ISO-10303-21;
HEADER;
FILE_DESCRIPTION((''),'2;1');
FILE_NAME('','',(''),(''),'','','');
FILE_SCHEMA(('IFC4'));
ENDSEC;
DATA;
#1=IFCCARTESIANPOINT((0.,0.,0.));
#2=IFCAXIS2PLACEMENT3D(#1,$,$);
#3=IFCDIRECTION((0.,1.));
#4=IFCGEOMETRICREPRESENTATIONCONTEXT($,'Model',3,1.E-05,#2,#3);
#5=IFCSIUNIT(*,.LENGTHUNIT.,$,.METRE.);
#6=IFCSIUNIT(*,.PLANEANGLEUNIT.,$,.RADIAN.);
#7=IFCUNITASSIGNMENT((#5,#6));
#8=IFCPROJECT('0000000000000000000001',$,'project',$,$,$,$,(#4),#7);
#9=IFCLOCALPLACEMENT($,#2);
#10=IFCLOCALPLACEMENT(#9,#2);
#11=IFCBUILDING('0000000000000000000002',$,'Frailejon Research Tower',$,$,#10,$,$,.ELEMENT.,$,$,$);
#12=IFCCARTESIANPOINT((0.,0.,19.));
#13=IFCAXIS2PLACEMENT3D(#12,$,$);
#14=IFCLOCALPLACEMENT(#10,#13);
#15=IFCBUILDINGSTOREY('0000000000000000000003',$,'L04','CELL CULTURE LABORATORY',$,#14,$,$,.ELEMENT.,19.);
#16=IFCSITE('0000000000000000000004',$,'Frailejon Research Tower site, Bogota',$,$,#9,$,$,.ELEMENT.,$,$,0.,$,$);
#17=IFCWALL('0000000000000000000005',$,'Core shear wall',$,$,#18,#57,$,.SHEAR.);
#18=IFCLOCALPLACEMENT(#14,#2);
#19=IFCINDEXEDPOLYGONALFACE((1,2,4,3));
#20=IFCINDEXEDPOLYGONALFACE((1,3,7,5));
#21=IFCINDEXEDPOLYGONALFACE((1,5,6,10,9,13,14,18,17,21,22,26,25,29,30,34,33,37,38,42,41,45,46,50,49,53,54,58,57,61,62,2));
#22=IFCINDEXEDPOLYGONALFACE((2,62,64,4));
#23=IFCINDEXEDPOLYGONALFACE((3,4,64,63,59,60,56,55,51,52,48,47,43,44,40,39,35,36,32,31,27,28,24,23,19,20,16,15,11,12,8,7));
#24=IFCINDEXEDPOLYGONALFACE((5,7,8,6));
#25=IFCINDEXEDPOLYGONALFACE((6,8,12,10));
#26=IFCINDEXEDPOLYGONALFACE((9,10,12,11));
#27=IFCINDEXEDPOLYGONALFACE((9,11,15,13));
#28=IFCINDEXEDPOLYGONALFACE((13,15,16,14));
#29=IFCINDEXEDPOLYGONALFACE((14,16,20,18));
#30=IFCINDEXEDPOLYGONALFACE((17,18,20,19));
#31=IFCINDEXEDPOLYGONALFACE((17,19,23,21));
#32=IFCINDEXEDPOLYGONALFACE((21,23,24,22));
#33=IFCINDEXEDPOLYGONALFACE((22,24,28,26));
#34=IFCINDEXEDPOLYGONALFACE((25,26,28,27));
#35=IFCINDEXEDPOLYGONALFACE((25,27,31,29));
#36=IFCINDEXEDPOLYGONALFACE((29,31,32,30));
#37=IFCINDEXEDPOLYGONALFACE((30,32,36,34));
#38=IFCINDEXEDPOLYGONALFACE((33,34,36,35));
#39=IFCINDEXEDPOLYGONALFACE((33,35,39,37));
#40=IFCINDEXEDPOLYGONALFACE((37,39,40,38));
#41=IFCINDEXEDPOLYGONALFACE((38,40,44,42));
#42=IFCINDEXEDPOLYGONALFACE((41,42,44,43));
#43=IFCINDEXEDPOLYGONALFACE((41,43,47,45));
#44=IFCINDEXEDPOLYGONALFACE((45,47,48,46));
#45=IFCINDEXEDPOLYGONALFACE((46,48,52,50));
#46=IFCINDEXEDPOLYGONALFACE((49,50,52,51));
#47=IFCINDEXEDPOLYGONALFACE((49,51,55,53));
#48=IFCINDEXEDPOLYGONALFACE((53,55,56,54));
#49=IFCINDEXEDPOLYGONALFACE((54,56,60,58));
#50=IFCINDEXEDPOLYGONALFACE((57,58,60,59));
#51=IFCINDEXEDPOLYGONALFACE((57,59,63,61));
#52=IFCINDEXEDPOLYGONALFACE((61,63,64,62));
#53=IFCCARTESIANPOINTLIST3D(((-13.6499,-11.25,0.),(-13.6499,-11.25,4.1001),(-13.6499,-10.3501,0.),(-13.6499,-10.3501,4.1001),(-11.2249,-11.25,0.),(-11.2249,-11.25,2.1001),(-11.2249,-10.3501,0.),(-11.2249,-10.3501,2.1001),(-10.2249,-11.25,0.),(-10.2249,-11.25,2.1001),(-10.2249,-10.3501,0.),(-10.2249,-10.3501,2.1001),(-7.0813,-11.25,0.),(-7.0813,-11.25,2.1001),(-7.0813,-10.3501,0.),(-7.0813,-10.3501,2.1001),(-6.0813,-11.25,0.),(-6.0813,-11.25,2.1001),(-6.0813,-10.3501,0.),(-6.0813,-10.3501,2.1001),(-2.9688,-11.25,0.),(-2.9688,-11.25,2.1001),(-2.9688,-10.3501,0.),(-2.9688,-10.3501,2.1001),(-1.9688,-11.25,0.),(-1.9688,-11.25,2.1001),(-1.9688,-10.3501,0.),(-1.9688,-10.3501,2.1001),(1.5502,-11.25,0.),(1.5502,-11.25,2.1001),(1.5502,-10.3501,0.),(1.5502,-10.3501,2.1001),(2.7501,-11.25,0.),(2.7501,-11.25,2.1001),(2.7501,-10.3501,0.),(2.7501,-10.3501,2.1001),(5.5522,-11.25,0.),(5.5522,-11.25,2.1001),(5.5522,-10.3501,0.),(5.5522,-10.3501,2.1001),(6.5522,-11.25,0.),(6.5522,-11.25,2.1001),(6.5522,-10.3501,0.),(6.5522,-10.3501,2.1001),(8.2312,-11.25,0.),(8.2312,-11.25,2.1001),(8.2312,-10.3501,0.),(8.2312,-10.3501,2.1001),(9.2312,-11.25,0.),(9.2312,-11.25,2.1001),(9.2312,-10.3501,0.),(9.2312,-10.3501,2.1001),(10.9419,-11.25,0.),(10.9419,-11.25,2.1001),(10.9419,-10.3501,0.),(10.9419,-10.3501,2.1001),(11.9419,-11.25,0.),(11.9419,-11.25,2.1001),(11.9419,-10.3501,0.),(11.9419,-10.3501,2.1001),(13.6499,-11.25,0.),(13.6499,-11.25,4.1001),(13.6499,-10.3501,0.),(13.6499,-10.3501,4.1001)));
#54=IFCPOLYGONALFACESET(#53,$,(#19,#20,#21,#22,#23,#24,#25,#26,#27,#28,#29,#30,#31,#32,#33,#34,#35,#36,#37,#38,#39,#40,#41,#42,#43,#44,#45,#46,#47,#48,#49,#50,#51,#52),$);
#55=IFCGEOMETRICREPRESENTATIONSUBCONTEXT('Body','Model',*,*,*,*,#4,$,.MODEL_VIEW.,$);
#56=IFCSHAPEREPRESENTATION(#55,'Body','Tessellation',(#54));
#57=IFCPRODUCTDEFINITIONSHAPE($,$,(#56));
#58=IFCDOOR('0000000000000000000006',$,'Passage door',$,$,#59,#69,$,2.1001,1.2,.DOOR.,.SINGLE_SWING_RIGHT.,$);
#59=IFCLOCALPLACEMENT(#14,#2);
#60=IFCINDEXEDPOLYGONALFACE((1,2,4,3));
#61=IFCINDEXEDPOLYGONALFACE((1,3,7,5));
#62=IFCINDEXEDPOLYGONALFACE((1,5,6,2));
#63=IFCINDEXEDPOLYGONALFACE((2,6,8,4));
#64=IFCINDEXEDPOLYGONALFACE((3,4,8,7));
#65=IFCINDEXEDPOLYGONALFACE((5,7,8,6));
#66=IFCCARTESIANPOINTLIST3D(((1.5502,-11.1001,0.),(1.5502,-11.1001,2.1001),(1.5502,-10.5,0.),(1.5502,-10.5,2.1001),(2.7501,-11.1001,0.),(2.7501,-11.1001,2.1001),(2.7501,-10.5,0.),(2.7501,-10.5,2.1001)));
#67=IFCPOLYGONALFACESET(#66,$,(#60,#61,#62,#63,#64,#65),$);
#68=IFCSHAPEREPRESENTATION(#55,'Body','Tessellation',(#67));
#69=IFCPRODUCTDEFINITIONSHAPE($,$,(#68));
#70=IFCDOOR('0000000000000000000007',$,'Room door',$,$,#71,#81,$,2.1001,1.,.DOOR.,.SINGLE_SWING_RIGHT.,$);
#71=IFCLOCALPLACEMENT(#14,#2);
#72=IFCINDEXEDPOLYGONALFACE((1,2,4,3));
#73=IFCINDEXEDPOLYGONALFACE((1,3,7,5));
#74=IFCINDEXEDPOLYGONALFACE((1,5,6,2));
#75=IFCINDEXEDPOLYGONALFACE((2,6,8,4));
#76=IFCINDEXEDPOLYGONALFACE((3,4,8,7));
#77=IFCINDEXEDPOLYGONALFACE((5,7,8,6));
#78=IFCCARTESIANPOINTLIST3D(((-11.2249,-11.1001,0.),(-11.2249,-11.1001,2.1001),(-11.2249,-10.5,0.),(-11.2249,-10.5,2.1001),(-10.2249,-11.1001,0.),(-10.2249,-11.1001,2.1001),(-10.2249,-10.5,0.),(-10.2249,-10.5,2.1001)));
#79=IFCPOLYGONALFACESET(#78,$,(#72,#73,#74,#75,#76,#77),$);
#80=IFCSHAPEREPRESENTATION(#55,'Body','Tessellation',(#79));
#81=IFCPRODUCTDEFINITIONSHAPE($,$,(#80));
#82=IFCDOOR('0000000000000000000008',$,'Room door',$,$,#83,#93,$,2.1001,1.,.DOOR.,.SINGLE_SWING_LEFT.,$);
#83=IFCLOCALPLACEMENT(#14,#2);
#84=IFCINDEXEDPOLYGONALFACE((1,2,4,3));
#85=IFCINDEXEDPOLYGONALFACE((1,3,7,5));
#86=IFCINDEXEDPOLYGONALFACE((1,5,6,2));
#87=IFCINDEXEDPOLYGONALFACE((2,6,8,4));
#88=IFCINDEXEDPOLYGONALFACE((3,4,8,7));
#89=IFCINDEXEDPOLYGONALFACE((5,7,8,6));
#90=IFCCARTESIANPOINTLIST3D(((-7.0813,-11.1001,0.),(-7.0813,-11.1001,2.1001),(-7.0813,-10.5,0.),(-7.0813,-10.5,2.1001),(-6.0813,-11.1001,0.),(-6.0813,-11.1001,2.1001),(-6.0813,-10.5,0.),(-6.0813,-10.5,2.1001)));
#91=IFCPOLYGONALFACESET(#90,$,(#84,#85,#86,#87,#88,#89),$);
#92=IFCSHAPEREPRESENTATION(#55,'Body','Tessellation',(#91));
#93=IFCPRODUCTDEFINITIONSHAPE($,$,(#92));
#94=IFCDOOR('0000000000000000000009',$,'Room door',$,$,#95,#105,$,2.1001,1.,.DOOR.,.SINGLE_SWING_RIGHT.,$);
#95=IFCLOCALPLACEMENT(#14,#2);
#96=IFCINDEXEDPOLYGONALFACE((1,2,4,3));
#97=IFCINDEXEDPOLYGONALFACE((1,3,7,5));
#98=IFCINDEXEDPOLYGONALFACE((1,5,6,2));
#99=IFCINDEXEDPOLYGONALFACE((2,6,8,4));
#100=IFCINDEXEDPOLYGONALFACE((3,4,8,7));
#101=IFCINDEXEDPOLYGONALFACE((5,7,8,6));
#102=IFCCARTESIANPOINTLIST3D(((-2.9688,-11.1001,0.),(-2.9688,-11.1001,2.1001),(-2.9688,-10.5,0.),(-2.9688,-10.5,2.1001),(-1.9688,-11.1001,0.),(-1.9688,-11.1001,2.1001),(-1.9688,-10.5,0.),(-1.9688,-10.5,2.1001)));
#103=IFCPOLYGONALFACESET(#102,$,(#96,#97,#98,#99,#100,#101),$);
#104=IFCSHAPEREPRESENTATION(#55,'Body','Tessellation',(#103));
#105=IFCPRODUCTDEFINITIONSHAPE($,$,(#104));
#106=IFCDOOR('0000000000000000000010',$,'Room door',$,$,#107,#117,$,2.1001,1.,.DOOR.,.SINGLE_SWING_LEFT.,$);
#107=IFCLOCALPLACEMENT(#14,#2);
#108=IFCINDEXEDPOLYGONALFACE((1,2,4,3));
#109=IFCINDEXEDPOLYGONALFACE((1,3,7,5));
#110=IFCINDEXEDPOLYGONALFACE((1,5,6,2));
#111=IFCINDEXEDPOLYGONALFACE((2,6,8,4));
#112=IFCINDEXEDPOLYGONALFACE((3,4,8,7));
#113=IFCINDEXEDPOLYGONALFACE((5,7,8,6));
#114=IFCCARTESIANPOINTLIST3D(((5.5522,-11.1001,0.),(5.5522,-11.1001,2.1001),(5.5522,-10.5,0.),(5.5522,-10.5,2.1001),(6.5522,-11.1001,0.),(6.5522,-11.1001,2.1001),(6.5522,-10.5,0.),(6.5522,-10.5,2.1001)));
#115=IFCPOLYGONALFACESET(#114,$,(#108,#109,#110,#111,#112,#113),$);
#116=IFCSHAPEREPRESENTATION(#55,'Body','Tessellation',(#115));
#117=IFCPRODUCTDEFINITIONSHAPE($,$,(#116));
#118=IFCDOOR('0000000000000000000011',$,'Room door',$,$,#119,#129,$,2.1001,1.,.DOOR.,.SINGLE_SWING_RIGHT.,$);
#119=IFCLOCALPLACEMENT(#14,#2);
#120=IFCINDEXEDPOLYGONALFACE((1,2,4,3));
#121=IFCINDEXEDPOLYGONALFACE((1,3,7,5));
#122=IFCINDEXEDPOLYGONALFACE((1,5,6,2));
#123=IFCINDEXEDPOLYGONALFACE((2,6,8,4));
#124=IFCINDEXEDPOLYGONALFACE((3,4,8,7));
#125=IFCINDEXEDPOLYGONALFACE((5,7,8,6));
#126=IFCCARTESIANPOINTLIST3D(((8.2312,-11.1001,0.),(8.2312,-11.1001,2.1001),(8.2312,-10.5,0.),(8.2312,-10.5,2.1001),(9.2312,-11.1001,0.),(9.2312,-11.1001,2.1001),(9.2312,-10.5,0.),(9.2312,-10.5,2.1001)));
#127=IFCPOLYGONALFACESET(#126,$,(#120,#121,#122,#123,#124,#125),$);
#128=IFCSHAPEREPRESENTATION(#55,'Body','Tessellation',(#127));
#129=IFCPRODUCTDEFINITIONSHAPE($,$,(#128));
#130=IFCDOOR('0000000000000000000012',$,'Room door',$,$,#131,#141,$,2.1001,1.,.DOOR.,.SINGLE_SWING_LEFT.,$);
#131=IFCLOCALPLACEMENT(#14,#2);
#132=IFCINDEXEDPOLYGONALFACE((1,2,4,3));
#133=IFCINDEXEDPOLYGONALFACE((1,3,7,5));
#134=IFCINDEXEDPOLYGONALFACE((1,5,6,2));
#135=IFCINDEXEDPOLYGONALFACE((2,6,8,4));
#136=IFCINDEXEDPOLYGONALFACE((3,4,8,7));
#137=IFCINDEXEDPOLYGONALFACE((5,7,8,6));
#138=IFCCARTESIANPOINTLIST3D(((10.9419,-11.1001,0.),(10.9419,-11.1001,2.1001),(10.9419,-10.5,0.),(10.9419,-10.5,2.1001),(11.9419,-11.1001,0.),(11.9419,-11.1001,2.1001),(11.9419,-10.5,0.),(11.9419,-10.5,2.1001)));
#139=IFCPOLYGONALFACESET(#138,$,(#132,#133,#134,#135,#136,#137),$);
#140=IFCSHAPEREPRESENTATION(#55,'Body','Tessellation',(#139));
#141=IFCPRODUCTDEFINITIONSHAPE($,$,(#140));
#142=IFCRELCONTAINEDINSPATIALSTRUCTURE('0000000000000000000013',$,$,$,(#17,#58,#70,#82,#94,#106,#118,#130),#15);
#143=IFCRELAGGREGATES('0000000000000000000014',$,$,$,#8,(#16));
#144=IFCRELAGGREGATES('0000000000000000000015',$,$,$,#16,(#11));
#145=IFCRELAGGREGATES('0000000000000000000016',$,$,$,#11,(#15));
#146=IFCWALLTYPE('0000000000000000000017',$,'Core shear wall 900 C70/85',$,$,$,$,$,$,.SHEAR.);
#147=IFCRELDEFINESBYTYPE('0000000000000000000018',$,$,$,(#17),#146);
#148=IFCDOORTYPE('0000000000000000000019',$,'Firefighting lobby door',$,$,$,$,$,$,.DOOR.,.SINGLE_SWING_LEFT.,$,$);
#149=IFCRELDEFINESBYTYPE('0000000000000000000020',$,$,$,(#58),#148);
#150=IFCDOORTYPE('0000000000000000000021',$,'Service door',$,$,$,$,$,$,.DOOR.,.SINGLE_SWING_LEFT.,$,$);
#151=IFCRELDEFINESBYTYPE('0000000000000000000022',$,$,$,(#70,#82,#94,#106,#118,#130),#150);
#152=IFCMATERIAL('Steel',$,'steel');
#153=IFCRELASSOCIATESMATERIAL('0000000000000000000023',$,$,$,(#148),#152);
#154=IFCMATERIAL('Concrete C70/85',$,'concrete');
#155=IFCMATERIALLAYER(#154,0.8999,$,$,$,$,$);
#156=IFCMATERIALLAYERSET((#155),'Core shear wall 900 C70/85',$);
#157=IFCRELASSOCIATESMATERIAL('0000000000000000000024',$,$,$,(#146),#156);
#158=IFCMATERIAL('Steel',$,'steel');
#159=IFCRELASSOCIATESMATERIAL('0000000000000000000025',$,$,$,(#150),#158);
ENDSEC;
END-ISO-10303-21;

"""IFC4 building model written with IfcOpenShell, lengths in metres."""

from ifc_helpers import new_model, si_unit, direction, frame, frame_2d, origin, place, context, subcontext, project, spatial, rectangle, extrude, material, layer, layer_set, type_object, element, fill, save


model = new_model("IFC4")

# Units and contexts
model_context = context("Model", 3, precision=1e-05, world=origin(), true_north=direction((0.0, 1.0)))
body_context = subcontext(model_context, "Body", "Model", "MODEL_VIEW")
ifc_project = project(units=[si_unit("LENGTHUNIT", "METRE"), si_unit("PLANEANGLEUNIT", "RADIAN")], contexts=[model_context])

# Site, building, storey
site_placement = place(None, origin())
site = spatial("IfcSite", under=ifc_project, at=site_placement, Name="Frailejon Research Tower site, Bogota", CompositionType="ELEMENT", RefElevation=0.0)
building_placement = place(site_placement, origin())
building = spatial("IfcBuilding", under=site, at=building_placement, Name="Frailejon Research Tower", CompositionType="ELEMENT")
storey_placement = place(building_placement, frame((0.0, 0.0, 19.0)))
storey = spatial("IfcBuildingStorey", under=building, at=storey_placement, Name="L04", Description="CELL CULTURE LABORATORY", CompositionType="ELEMENT", Elevation=19.0)

# Shared definitions
ifc_material_1 = material(Name="Steel", Category="steel")
door_type_1 = type_object("IfcDoorType", Name="Firefighting lobby door", OperationType="SINGLE_SWING_LEFT", PredefinedType="DOOR", material=ifc_material_1)

# Wall, openings, doors
ifc_material_2 = material(Name="Concrete C70/85", Category="concrete")
ifc_layer_1 = layer(ifc_material_2, 0.8999)
ifc_layer_set_1 = layer_set([ifc_layer_1], Name="Core shear wall 900 C70/85")
wall_type_1 = type_object("IfcWallType", Name="Core shear wall 900 C70/85", PredefinedType="SHEAR", material=ifc_layer_set_1)
wall_1_placement = place(storey_placement, frame((-13.6499, -10.8, 0.0), z_axis=(0.0, 0.0, 1.0), x_axis=(1.0, 0.0, 0.0)))
wall_1 = element("IfcWall", 1, at=wall_1_placement, inside=storey, type_object=wall_type_1, Name="Core shear wall", PredefinedType="SHEAR", context=body_context, shape_type="SweptSolid", body=[
    extrude(rectangle(XDim=27.2998, YDim=0.8999, at=frame_2d((13.6499, 0.0))), origin(), (0.0, 0.0, 1.0), 4.1001),
])
opening_1_placement = place(wall_1_placement, frame((2.425, 0.0, 0.0)))
opening_1 = element("IfcOpeningElement", 2, at=opening_1_placement, cuts=wall_1, PredefinedType="OPENING", context=body_context, shape_type="SweptSolid", body=[
    extrude(rectangle(XDim=1.0, YDim=2.1001, at=frame_2d((0.5, 1.05))), frame((0.0, 0.46, 0.0), z_axis=(0.0, -1.0, 0.0), x_axis=(1.0, 0.0, 0.0)), (0.0, 0.0, 1.0), 0.9199),
])
opening_2_placement = place(wall_1_placement, frame((6.5686, 0.0, 0.0)))
opening_2 = element("IfcOpeningElement", 3, at=opening_2_placement, cuts=wall_1, PredefinedType="OPENING", context=body_context, shape_type="SweptSolid", body=[
    extrude(rectangle(XDim=1.0, YDim=2.1001, at=frame_2d((0.5, 1.05))), frame((0.0, 0.46, 0.0), z_axis=(0.0, -1.0, 0.0), x_axis=(1.0, 0.0, 0.0)), (0.0, 0.0, 1.0), 0.9199),
])
opening_3_placement = place(wall_1_placement, frame((10.6812, 0.0, 0.0)))
opening_3 = element("IfcOpeningElement", 4, at=opening_3_placement, cuts=wall_1, PredefinedType="OPENING", context=body_context, shape_type="SweptSolid", body=[
    extrude(rectangle(XDim=1.0, YDim=2.1001, at=frame_2d((0.5, 1.05))), frame((0.0, 0.46, 0.0), z_axis=(0.0, -1.0, 0.0), x_axis=(1.0, 0.0, 0.0)), (0.0, 0.0, 1.0), 0.9199),
])
opening_4_placement = place(wall_1_placement, frame((19.2021, 0.0, 0.0)))
opening_4 = element("IfcOpeningElement", 5, at=opening_4_placement, cuts=wall_1, PredefinedType="OPENING", context=body_context, shape_type="SweptSolid", body=[
    extrude(rectangle(XDim=1.0, YDim=2.1001, at=frame_2d((0.5, 1.05))), frame((0.0, 0.46, 0.0), z_axis=(0.0, -1.0, 0.0), x_axis=(1.0, 0.0, 0.0)), (0.0, 0.0, 1.0), 0.9199),
])
opening_5_placement = place(wall_1_placement, frame((21.8811, 0.0, 0.0)))
opening_5 = element("IfcOpeningElement", 6, at=opening_5_placement, cuts=wall_1, PredefinedType="OPENING", context=body_context, shape_type="SweptSolid", body=[
    extrude(rectangle(XDim=1.0, YDim=2.1001, at=frame_2d((0.5, 1.05))), frame((0.0, 0.46, 0.0), z_axis=(0.0, -1.0, 0.0), x_axis=(1.0, 0.0, 0.0)), (0.0, 0.0, 1.0), 0.9199),
])
opening_6_placement = place(wall_1_placement, frame((24.5918, 0.0, 0.0)))
opening_6 = element("IfcOpeningElement", 7, at=opening_6_placement, cuts=wall_1, PredefinedType="OPENING", context=body_context, shape_type="SweptSolid", body=[
    extrude(rectangle(XDim=1.0, YDim=2.1001, at=frame_2d((0.5, 1.05))), frame((0.0, 0.46, 0.0), z_axis=(0.0, -1.0, 0.0), x_axis=(1.0, 0.0, 0.0)), (0.0, 0.0, 1.0), 0.9199),
])
opening_7_placement = place(wall_1_placement, frame((15.2, 0.0, 0.0)))
opening_7 = element("IfcOpeningElement", 8, at=opening_7_placement, cuts=wall_1, PredefinedType="OPENING", context=body_context, shape_type="SweptSolid", body=[
    extrude(rectangle(XDim=1.2, YDim=2.1001, at=frame_2d((0.6001, 1.05))), frame((0.0, 0.46, 0.0), z_axis=(0.0, -1.0, 0.0), x_axis=(1.0, 0.0, 0.0)), (0.0, 0.0, 1.0), 0.9199),
])
door_1_placement = place(opening_7_placement, origin())
door_1 = element("IfcDoor", 9, at=door_1_placement, inside=storey, type_object=door_type_1, Name="Passage door", OperationType="SINGLE_SWING_RIGHT", OverallHeight=2.1001, OverallWidth=1.2, PredefinedType="DOOR", context=body_context, shape_type="SweptSolid", body=[
    extrude(rectangle(XDim=1.2, YDim=2.1001, at=frame_2d((0.6001, 1.05))), frame((0.0, 0.3, 0.0), z_axis=(0.0, -1.0, 0.0), x_axis=(1.0, 0.0, 0.0)), (0.0, 0.0, 1.0), 0.6001),
])
fill(opening_7, door_1)
ifc_material_3 = material(Name="Steel", Category="steel")
door_type_2 = type_object("IfcDoorType", Name="Service door", OperationType="SINGLE_SWING_LEFT", PredefinedType="DOOR", material=ifc_material_3)
door_2_placement = place(opening_1_placement, origin())
door_2 = element("IfcDoor", 10, at=door_2_placement, inside=storey, type_object=door_type_2, Name="Room door", OperationType="SINGLE_SWING_RIGHT", OverallHeight=2.1001, OverallWidth=1.0, PredefinedType="DOOR", context=body_context, shape_type="SweptSolid", body=[
    extrude(rectangle(XDim=1.0, YDim=2.1001, at=frame_2d((0.5, 1.05))), frame((0.0, 0.3, 0.0), z_axis=(0.0, -1.0, 0.0), x_axis=(1.0, 0.0, 0.0)), (0.0, 0.0, 1.0), 0.6001),
])
fill(opening_1, door_2)
door_3_placement = place(opening_2_placement, origin())
door_3 = element("IfcDoor", 11, at=door_3_placement, inside=storey, type_object=door_type_2, Name="Room door", OperationType="SINGLE_SWING_LEFT", OverallHeight=2.1001, OverallWidth=1.0, PredefinedType="DOOR", context=body_context, shape_type="SweptSolid", body=[
    extrude(rectangle(XDim=1.0, YDim=2.1001, at=frame_2d((0.5, 1.05))), frame((0.0, 0.3, 0.0), z_axis=(0.0, -1.0, 0.0), x_axis=(1.0, 0.0, 0.0)), (0.0, 0.0, 1.0), 0.6001),
])
fill(opening_2, door_3)
door_4_placement = place(opening_3_placement, origin())
door_4 = element("IfcDoor", 12, at=door_4_placement, inside=storey, type_object=door_type_2, Name="Room door", OperationType="SINGLE_SWING_RIGHT", OverallHeight=2.1001, OverallWidth=1.0, PredefinedType="DOOR", context=body_context, shape_type="SweptSolid", body=[
    extrude(rectangle(XDim=1.0, YDim=2.1001, at=frame_2d((0.5, 1.05))), frame((0.0, 0.3, 0.0), z_axis=(0.0, -1.0, 0.0), x_axis=(1.0, 0.0, 0.0)), (0.0, 0.0, 1.0), 0.6001),
])
fill(opening_3, door_4)
door_5_placement = place(opening_4_placement, origin())
door_5 = element("IfcDoor", 13, at=door_5_placement, inside=storey, type_object=door_type_2, Name="Room door", OperationType="SINGLE_SWING_LEFT", OverallHeight=2.1001, OverallWidth=1.0, PredefinedType="DOOR", context=body_context, shape_type="SweptSolid", body=[
    extrude(rectangle(XDim=1.0, YDim=2.1001, at=frame_2d((0.5, 1.05))), frame((0.0, 0.3, 0.0), z_axis=(0.0, -1.0, 0.0), x_axis=(1.0, 0.0, 0.0)), (0.0, 0.0, 1.0), 0.6001),
])
fill(opening_4, door_5)
door_6_placement = place(opening_5_placement, origin())
door_6 = element("IfcDoor", 14, at=door_6_placement, inside=storey, type_object=door_type_2, Name="Room door", OperationType="SINGLE_SWING_RIGHT", OverallHeight=2.1001, OverallWidth=1.0, PredefinedType="DOOR", context=body_context, shape_type="SweptSolid", body=[
    extrude(rectangle(XDim=1.0, YDim=2.1001, at=frame_2d((0.5, 1.05))), frame((0.0, 0.3, 0.0), z_axis=(0.0, -1.0, 0.0), x_axis=(1.0, 0.0, 0.0)), (0.0, 0.0, 1.0), 0.6001),
])
fill(opening_5, door_6)
door_7_placement = place(opening_6_placement, origin())
door_7 = element("IfcDoor", 15, at=door_7_placement, inside=storey, type_object=door_type_2, Name="Room door", OperationType="SINGLE_SWING_LEFT", OverallHeight=2.1001, OverallWidth=1.0, PredefinedType="DOOR", context=body_context, shape_type="SweptSolid", body=[
    extrude(rectangle(XDim=1.0, YDim=2.1001, at=frame_2d((0.5, 1.05))), frame((0.0, 0.3, 0.0), z_axis=(0.0, -1.0, 0.0), x_axis=(1.0, 0.0, 0.0)), (0.0, 0.0, 1.0), 0.6001),
])
fill(opening_6, door_7)

save(model, "model.ifc")
